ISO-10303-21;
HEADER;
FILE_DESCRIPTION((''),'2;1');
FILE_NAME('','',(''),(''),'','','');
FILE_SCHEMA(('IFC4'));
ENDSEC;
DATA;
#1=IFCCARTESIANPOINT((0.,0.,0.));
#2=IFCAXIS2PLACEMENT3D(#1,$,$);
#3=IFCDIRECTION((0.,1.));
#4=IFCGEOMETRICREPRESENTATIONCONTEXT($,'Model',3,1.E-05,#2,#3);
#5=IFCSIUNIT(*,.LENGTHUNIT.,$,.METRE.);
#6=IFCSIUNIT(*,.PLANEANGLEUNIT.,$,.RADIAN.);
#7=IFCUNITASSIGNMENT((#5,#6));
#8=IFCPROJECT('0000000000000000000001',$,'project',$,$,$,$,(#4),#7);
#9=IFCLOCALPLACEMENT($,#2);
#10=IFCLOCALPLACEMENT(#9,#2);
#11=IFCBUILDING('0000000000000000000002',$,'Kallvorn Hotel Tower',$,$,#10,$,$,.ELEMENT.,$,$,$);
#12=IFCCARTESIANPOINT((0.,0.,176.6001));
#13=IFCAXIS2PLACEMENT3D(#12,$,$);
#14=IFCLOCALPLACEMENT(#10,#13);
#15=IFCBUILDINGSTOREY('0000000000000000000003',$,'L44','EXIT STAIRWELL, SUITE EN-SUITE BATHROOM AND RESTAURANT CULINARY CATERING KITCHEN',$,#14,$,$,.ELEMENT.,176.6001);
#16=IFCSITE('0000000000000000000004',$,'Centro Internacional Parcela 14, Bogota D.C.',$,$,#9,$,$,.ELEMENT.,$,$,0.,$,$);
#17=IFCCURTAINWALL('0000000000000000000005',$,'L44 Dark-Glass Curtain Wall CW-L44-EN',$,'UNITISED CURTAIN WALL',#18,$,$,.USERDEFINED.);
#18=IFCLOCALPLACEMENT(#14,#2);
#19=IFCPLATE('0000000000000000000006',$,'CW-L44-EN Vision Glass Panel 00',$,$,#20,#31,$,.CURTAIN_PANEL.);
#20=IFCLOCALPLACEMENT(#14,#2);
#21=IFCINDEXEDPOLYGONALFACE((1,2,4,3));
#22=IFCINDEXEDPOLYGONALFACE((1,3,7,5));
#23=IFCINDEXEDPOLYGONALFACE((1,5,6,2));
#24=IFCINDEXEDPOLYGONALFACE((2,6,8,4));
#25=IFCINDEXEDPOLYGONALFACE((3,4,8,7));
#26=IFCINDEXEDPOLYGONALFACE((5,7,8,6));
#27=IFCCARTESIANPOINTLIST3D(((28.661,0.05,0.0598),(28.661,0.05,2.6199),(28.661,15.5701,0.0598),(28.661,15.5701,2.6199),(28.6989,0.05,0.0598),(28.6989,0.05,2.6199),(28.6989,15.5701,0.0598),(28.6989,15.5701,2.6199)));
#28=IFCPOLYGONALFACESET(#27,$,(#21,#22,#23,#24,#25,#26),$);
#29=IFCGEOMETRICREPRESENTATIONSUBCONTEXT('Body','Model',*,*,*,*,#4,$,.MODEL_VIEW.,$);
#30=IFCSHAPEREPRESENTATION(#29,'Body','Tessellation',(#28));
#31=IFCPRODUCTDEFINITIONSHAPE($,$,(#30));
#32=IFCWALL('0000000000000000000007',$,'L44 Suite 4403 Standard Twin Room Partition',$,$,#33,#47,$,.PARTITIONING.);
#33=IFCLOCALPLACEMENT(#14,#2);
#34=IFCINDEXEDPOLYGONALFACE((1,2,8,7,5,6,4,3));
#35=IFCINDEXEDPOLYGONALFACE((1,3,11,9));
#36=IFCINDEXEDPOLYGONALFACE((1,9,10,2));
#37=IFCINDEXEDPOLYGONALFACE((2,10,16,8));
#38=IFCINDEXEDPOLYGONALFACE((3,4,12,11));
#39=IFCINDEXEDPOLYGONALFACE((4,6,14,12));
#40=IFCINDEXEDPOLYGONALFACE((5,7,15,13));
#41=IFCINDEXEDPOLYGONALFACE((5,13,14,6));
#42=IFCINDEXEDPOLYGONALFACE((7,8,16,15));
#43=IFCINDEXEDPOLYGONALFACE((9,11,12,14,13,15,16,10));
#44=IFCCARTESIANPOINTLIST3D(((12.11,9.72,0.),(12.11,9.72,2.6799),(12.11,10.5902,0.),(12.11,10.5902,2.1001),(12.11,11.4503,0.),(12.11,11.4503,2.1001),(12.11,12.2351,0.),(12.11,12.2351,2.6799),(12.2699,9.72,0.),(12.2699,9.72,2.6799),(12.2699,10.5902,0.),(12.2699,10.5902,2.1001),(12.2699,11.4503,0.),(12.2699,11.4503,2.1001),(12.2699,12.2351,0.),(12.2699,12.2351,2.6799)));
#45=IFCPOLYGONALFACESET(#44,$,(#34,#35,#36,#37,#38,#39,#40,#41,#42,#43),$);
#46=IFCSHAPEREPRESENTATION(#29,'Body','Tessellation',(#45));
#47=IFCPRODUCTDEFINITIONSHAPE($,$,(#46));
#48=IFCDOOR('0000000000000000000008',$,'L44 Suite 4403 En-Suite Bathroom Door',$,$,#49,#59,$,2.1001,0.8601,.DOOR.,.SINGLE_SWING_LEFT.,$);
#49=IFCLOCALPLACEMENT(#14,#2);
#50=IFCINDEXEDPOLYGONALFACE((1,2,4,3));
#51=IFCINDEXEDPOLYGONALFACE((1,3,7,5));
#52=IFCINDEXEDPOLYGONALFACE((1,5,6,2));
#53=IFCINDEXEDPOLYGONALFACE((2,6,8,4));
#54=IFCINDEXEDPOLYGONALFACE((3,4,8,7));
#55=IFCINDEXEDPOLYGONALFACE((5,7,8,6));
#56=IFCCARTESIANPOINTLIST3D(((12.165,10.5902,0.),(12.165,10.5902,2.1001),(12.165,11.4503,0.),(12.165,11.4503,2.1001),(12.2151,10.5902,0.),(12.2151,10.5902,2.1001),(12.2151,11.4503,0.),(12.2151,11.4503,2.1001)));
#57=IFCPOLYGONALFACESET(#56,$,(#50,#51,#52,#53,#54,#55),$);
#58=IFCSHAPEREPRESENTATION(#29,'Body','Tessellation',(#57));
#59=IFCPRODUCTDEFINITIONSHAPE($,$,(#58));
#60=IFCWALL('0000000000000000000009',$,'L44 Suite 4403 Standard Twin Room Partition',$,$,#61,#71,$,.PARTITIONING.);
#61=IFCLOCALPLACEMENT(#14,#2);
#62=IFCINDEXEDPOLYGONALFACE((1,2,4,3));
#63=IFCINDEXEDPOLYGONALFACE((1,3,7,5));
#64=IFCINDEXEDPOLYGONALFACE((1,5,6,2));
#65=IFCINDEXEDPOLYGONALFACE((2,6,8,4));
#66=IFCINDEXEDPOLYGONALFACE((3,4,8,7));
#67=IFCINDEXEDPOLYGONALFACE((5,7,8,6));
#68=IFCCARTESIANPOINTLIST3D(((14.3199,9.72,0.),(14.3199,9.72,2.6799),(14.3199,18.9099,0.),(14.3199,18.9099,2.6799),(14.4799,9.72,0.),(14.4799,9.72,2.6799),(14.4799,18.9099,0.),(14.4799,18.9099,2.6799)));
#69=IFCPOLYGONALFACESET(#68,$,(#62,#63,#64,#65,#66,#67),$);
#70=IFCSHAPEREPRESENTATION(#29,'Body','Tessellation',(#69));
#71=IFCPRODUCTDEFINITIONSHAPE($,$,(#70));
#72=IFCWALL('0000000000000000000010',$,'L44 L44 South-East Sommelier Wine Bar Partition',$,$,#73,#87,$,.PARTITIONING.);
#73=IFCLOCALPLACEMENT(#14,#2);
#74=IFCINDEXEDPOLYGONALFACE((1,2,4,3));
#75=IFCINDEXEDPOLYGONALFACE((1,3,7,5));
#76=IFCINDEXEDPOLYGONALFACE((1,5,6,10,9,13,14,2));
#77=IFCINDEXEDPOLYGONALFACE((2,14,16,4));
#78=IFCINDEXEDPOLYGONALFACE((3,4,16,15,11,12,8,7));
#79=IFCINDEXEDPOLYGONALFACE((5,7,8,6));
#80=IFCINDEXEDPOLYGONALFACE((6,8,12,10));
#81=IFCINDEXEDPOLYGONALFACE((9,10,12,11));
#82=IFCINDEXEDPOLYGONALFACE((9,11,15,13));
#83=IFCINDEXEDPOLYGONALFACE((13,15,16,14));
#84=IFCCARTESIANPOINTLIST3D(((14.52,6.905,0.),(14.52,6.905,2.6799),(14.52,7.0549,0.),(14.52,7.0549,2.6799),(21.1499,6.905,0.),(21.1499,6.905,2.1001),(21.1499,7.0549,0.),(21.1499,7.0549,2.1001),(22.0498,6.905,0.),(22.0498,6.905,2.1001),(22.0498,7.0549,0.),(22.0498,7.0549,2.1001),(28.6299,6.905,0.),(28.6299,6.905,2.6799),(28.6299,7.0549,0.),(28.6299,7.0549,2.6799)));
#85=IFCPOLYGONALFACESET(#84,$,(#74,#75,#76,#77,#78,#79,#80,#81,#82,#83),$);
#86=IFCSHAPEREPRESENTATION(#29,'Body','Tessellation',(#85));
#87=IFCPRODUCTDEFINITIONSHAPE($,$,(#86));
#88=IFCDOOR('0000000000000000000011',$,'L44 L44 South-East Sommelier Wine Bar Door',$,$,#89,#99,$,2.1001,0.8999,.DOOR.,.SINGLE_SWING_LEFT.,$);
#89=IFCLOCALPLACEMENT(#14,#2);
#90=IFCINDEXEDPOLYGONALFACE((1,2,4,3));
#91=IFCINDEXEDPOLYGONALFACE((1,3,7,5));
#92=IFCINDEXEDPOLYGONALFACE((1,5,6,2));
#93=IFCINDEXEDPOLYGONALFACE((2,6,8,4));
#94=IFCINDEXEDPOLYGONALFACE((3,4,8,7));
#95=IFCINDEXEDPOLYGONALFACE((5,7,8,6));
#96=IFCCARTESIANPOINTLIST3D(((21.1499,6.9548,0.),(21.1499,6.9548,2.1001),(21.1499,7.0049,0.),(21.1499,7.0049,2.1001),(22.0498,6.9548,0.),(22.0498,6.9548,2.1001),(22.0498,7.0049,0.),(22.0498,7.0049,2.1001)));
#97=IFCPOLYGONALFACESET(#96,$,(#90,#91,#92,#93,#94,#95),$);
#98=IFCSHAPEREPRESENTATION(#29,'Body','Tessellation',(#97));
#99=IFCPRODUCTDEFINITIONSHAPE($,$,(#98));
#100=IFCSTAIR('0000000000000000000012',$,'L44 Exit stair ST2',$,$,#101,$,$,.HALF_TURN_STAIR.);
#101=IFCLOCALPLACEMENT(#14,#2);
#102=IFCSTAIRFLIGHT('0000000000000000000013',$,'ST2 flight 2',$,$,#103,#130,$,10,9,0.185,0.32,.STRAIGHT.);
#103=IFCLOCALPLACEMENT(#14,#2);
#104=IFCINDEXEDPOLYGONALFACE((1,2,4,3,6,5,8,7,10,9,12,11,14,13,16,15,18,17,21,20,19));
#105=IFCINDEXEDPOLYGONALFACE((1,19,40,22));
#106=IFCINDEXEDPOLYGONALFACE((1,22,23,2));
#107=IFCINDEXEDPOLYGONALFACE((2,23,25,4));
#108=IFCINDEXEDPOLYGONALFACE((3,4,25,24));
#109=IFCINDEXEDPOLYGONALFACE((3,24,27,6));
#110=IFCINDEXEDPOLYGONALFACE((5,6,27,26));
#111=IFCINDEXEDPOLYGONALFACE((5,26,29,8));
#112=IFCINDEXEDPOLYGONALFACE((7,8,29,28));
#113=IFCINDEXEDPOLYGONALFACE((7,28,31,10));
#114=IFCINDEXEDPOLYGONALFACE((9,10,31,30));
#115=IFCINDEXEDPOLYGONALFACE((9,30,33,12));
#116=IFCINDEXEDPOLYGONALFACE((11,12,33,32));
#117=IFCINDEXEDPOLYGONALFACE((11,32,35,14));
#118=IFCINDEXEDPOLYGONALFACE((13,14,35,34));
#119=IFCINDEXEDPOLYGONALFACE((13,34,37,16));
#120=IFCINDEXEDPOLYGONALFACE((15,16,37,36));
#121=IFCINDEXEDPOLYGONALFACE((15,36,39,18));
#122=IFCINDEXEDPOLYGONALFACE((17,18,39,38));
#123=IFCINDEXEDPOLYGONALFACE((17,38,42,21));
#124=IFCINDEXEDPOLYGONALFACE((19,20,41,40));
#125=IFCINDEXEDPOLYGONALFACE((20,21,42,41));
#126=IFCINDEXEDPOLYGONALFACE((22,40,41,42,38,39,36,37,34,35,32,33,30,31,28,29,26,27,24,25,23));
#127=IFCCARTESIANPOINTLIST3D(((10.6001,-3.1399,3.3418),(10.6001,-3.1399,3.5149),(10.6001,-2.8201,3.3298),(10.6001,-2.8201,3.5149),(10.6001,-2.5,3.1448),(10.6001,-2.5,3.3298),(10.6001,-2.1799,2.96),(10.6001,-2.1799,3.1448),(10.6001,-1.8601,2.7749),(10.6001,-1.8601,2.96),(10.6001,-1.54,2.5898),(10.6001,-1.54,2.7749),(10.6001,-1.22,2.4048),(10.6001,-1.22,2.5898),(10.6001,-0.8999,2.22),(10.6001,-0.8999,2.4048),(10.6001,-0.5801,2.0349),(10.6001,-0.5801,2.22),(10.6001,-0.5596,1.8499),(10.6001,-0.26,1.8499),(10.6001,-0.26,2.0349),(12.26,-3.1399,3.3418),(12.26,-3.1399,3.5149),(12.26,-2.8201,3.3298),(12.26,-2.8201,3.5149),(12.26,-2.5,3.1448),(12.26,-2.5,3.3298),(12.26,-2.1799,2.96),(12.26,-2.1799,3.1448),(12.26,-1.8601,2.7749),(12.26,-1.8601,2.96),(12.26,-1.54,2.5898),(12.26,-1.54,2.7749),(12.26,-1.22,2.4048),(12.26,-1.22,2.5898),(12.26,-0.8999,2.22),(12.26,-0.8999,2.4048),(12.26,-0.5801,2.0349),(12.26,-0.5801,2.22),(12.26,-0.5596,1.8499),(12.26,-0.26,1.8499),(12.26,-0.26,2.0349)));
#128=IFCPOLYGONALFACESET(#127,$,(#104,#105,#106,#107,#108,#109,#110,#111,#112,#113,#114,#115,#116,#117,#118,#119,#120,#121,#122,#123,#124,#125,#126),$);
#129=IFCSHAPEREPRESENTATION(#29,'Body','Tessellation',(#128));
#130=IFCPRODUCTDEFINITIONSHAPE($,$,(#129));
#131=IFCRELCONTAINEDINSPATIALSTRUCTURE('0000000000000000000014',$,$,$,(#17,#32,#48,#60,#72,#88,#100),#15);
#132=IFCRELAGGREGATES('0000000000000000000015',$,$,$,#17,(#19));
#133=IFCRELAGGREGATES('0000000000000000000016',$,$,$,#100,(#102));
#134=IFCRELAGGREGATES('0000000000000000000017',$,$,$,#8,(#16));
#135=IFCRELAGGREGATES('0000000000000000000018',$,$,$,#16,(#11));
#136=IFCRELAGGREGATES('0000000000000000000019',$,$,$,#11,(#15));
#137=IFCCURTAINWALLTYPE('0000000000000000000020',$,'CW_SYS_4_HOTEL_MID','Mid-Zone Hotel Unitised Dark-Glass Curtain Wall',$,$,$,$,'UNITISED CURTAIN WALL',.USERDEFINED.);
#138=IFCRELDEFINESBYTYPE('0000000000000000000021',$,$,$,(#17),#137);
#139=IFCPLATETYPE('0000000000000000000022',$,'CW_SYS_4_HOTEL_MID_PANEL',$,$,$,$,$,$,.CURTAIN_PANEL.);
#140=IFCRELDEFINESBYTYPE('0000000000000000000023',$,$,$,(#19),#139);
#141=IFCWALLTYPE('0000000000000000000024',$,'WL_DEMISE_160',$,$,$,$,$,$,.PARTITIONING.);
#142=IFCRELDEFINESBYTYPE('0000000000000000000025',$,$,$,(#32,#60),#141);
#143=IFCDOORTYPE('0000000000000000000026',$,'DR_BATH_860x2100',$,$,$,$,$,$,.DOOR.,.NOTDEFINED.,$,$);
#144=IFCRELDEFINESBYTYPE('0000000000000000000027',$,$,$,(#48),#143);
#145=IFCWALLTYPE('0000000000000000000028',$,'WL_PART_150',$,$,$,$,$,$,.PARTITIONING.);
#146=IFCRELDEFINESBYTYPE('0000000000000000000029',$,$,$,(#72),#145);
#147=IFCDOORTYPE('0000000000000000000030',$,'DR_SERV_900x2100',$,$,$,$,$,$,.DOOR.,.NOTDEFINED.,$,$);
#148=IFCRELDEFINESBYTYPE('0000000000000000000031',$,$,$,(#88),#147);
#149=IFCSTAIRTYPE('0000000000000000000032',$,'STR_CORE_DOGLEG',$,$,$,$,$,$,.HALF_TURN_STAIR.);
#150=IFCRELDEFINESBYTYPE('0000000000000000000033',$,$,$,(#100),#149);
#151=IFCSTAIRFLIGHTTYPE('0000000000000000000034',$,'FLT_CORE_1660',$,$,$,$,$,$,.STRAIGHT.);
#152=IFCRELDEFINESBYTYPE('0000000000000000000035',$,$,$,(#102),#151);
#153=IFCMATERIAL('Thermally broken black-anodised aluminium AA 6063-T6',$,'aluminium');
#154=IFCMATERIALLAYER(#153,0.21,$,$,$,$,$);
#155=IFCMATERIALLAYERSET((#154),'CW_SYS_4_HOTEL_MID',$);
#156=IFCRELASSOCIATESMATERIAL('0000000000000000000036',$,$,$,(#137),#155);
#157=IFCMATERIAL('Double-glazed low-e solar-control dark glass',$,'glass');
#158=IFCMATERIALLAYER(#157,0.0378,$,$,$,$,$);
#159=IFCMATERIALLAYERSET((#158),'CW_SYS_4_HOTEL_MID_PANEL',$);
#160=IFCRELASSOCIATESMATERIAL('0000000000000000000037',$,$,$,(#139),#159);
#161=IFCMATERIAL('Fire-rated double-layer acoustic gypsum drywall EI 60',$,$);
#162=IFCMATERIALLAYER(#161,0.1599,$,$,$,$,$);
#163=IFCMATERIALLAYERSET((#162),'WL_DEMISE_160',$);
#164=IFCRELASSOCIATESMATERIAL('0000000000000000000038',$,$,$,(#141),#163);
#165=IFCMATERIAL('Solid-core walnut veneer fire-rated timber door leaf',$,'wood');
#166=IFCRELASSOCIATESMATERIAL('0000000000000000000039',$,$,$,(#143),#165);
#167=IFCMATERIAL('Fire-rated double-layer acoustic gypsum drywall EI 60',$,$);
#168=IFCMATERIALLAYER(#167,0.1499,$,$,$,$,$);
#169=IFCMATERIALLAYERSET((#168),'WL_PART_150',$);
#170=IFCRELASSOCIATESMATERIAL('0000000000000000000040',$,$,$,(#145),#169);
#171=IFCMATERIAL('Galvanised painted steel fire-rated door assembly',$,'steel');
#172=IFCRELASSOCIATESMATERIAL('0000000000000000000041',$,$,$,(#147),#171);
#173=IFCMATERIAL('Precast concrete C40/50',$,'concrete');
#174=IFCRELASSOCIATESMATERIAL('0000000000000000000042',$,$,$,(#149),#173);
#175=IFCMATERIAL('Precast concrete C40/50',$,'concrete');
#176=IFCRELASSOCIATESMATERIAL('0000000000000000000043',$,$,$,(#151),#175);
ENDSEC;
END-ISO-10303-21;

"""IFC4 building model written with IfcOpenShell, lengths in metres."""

from ifc_helpers import new_model, si_unit, direction, frame, frame_2d, origin, origin_2d, place, context, subcontext, project, spatial, polyline, rectangle, outline, extrude, material, layer, layer_set, type_object, element, fill, aggregate, save


model = new_model("IFC4")

# Units and contexts
model_context = context("Model", 3, precision=1e-05, world=origin(), true_north=direction((0.0, 1.0)))
body_context = subcontext(model_context, "Body", "Model", "MODEL_VIEW")
ifc_project = project(units=[si_unit("LENGTHUNIT", "METRE"), si_unit("PLANEANGLEUNIT", "RADIAN")], contexts=[model_context])

# Site, building, storey
site_placement = place(None, origin())
site = spatial("IfcSite", under=ifc_project, at=site_placement, Name="Centro Internacional Parcela 14, Bogota D.C.", CompositionType="ELEMENT", RefElevation=0.0)
building_placement = place(site_placement, origin())
building = spatial("IfcBuilding", under=site, at=building_placement, Name="Kallvorn Hotel Tower", CompositionType="ELEMENT")
storey_placement = place(building_placement, frame((0.0, 0.0, 176.6001)))
storey = spatial("IfcBuildingStorey", under=building, at=storey_placement, Name="L44", Description="EXIT STAIRWELL, SUITE EN-SUITE BATHROOM AND RESTAURANT CULINARY CATERING KITCHEN", CompositionType="ELEMENT", Elevation=176.6001)

# Curtain wall, plate
ifc_material_1 = material(Name="Thermally broken black-anodised aluminium AA 6063-T6", Category="aluminium")
ifc_layer_1 = layer(ifc_material_1, 0.21)
ifc_layer_set_1 = layer_set([ifc_layer_1], Name="CW_SYS_4_HOTEL_MID")
curtain_wall_type = type_object("IfcCurtainWallType", Name="CW_SYS_4_HOTEL_MID", Description="Mid-Zone Hotel Unitised Dark-Glass Curtain Wall", ElementType="UNITISED CURTAIN WALL", PredefinedType="USERDEFINED", material=ifc_layer_set_1)
curtain_wall_placement = place(storey_placement, origin())
curtain_wall = element("IfcCurtainWall", 1, at=curtain_wall_placement, inside=storey, type_object=curtain_wall_type, Name="L44 Dark-Glass Curtain Wall CW-L44-EN", ObjectType="UNITISED CURTAIN WALL", PredefinedType="USERDEFINED")
ifc_material_2 = material(Name="Double-glazed low-e solar-control dark glass", Category="glass")
ifc_layer_2 = layer(ifc_material_2, 0.0378)
ifc_layer_set_2 = layer_set([ifc_layer_2], Name="CW_SYS_4_HOTEL_MID_PANEL")
plate_type = type_object("IfcPlateType", Name="CW_SYS_4_HOTEL_MID_PANEL", PredefinedType="CURTAIN_PANEL", material=ifc_layer_set_2)
plate_placement = place(storey_placement, frame((28.6799, 7.8101, 0.0598), z_axis=(0.0, 0.0, 1.0), x_axis=(0.0, 1.0, 0.0)))
plate = element("IfcPlate", 2, at=plate_placement, type_object=plate_type, Name="CW-L44-EN Vision Glass Panel 00", PredefinedType="CURTAIN_PANEL", context=body_context, shape_type="SweptSolid", body=[
    extrude(rectangle(XDim=15.52, YDim=0.0378, at=origin_2d()), origin(), (0.0, 0.0, 1.0), 2.5601),
])
aggregate(curtain_wall, [plate])

# Wall, opening, door
ifc_material_3 = material(Name="Fire-rated double-layer acoustic gypsum drywall EI 60")
ifc_layer_3 = layer(ifc_material_3, 0.1599)
ifc_layer_set_3 = layer_set([ifc_layer_3], Name="WL_DEMISE_160")
wall_type_1 = type_object("IfcWallType", Name="WL_DEMISE_160", PredefinedType="PARTITIONING", material=ifc_layer_set_3)
wall_1_placement = place(storey_placement, frame((12.1899, 9.72, 0.0), z_axis=(0.0, 0.0, 1.0), x_axis=(0.0, 1.0, 0.0)))
wall_1 = element("IfcWall", 3, at=wall_1_placement, inside=storey, type_object=wall_type_1, Name="L44 Suite 4403 Standard Twin Room Partition", PredefinedType="PARTITIONING", context=body_context, shape_type="SweptSolid", body=[
    extrude(rectangle(XDim=2.5151, YDim=0.1599, at=frame_2d((1.2576, 0.0))), origin(), (0.0, 0.0, 1.0), 2.6799),
])
opening_1_placement = place(wall_1_placement, frame((0.8701, 0.0, 0.0)))
opening_1 = element("IfcOpeningElement", 4, at=opening_1_placement, cuts=wall_1, PredefinedType="OPENING", context=body_context, shape_type="SweptSolid", body=[
    extrude(rectangle(XDim=0.8601, YDim=2.1001, at=frame_2d((0.4302, 1.05))), frame((0.0, 0.095, 0.0), z_axis=(0.0, -1.0, 0.0), x_axis=(1.0, 0.0, 0.0)), (0.0, 0.0, 1.0), 0.1899),
])
ifc_material_4 = material(Name="Solid-core walnut veneer fire-rated timber door leaf", Category="wood")
door_type_1 = type_object("IfcDoorType", Name="DR_BATH_860x2100", OperationType="NOTDEFINED", PredefinedType="DOOR", material=ifc_material_4)
door_1_placement = place(opening_1_placement, origin())
door_1 = element("IfcDoor", 5, at=door_1_placement, inside=storey, type_object=door_type_1, Name="L44 Suite 4403 En-Suite Bathroom Door", OperationType="SINGLE_SWING_LEFT", OverallHeight=2.1001, OverallWidth=0.8601, PredefinedType="DOOR", context=body_context, shape_type="SweptSolid", body=[
    extrude(rectangle(XDim=0.8601, YDim=2.1001, at=frame_2d((0.4302, 1.05))), frame((0.0, 0.0249, 0.0), z_axis=(0.0, -1.0, 0.0), x_axis=(1.0, 0.0, 0.0)), (0.0, 0.0, 1.0), 0.05),
])
fill(opening_1, door_1)

# Wall
wall_2_placement = place(storey_placement, frame((14.3999, 9.72, 0.0), z_axis=(0.0, 0.0, 1.0), x_axis=(0.0, 1.0, 0.0)))
element("IfcWall", 6, at=wall_2_placement, inside=storey, type_object=wall_type_1, Name="L44 Suite 4403 Standard Twin Room Partition", PredefinedType="PARTITIONING", context=body_context, shape_type="SweptSolid", body=[
    extrude(rectangle(XDim=9.1899, YDim=0.1599, at=frame_2d((4.595, 0.0))), origin(), (0.0, 0.0, 1.0), 2.6799),
])

# Wall, opening, door
ifc_material_5 = material(Name="Fire-rated double-layer acoustic gypsum drywall EI 60")
ifc_layer_4 = layer(ifc_material_5, 0.1499)
ifc_layer_set_4 = layer_set([ifc_layer_4], Name="WL_PART_150")
wall_type_2 = type_object("IfcWallType", Name="WL_PART_150", PredefinedType="PARTITIONING", material=ifc_layer_set_4)
wall_3_placement = place(storey_placement, frame((14.52, 6.98, 0.0), z_axis=(0.0, 0.0, 1.0), x_axis=(1.0, 0.0, 0.0)))
wall_3 = element("IfcWall", 7, at=wall_3_placement, inside=storey, type_object=wall_type_2, Name="L44 L44 South-East Sommelier Wine Bar Partition", PredefinedType="PARTITIONING", context=body_context, shape_type="SweptSolid", body=[
    extrude(rectangle(XDim=14.1099, YDim=0.1499, at=frame_2d((7.0549, 0.0))), origin(), (0.0, 0.0, 1.0), 2.6799),
])
opening_2_placement = place(wall_3_placement, frame((6.6299, 0.0, 0.0)))
opening_2 = element("IfcOpeningElement", 8, at=opening_2_placement, cuts=wall_3, PredefinedType="OPENING", context=body_context, shape_type="SweptSolid", body=[
    extrude(rectangle(XDim=0.8999, YDim=2.1001, at=frame_2d((0.45, 1.05))), frame((0.0, 0.0898, 0.0), z_axis=(0.0, -1.0, 0.0), x_axis=(1.0, 0.0, 0.0)), (0.0, 0.0, 1.0), 0.1799),
])
ifc_material_6 = material(Name="Galvanised painted steel fire-rated door assembly", Category="steel")
door_type_2 = type_object("IfcDoorType", Name="DR_SERV_900x2100", OperationType="NOTDEFINED", PredefinedType="DOOR", material=ifc_material_6)
door_2_placement = place(opening_2_placement, origin())
door_2 = element("IfcDoor", 9, at=door_2_placement, inside=storey, type_object=door_type_2, Name="L44 L44 South-East Sommelier Wine Bar Door", OperationType="SINGLE_SWING_LEFT", OverallHeight=2.1001, OverallWidth=0.8999, PredefinedType="DOOR", context=body_context, shape_type="SweptSolid", body=[
    extrude(rectangle(XDim=0.8999, YDim=2.1001, at=frame_2d((0.45, 1.05))), frame((0.0, 0.0249, 0.0), z_axis=(0.0, -1.0, 0.0), x_axis=(1.0, 0.0, 0.0)), (0.0, 0.0, 1.0), 0.05),
])
fill(opening_2, door_2)

# Stair, stair flight
ifc_material_7 = material(Name="Precast concrete C40/50", Category="concrete")
stair_type = type_object("IfcStairType", Name="STR_CORE_DOGLEG", PredefinedType="HALF_TURN_STAIR", material=ifc_material_7)
stair_placement = place(storey_placement, origin())
stair = element("IfcStair", 10, at=stair_placement, inside=storey, type_object=stair_type, Name="L44 Exit stair ST2", PredefinedType="HALF_TURN_STAIR")
ifc_material_8 = material(Name="Precast concrete C40/50", Category="concrete")
stair_flight_type = type_object("IfcStairFlightType", Name="FLT_CORE_1660", PredefinedType="STRAIGHT", material=ifc_material_8)
stair_flight_placement = place(storey_placement, frame((11.4299, -0.26, 1.8499), z_axis=(0.0, 0.0, 1.0), x_axis=(0.0, -1.0, 0.0)))
stair_flight = element("IfcStairFlight", 11, at=stair_flight_placement, type_object=stair_flight_type, Name="ST2 flight 2", NumberOfRisers=10, NumberOfTreads=9, PredefinedType="STRAIGHT", RiserHeight=0.185, TreadLength=0.32, context=body_context, shape_type="SweptSolid", body=[
    extrude(outline(polyline([(0.0, 0.0), (0.0, 0.1851), (0.3201, 0.1851), (0.3201, 0.3701), (0.6399, 0.3701), (0.6399, 0.5549), (0.96, 0.5549), (0.96, 0.74), (1.28, 0.74), (1.28, 0.925), (1.6001, 0.925), (1.6001, 1.1101), (1.9199, 1.1101), (1.9199, 1.2949), (2.24, 1.2949), (2.24, 1.48), (2.5601, 1.48), (2.5601, 1.665), (2.8799, 1.665), (2.8799, 1.8501), (2.8799, 1.4919), (0.2996, 0.0), (0.0, 0.0)])), frame((0.0, 0.8301, 0.0), z_axis=(0.0, -1.0, 0.0), x_axis=(1.0, 0.0, 0.0)), (0.0, 0.0, 1.0), 1.6599),
])
aggregate(stair, [stair_flight])

save(model, "model.ifc")
